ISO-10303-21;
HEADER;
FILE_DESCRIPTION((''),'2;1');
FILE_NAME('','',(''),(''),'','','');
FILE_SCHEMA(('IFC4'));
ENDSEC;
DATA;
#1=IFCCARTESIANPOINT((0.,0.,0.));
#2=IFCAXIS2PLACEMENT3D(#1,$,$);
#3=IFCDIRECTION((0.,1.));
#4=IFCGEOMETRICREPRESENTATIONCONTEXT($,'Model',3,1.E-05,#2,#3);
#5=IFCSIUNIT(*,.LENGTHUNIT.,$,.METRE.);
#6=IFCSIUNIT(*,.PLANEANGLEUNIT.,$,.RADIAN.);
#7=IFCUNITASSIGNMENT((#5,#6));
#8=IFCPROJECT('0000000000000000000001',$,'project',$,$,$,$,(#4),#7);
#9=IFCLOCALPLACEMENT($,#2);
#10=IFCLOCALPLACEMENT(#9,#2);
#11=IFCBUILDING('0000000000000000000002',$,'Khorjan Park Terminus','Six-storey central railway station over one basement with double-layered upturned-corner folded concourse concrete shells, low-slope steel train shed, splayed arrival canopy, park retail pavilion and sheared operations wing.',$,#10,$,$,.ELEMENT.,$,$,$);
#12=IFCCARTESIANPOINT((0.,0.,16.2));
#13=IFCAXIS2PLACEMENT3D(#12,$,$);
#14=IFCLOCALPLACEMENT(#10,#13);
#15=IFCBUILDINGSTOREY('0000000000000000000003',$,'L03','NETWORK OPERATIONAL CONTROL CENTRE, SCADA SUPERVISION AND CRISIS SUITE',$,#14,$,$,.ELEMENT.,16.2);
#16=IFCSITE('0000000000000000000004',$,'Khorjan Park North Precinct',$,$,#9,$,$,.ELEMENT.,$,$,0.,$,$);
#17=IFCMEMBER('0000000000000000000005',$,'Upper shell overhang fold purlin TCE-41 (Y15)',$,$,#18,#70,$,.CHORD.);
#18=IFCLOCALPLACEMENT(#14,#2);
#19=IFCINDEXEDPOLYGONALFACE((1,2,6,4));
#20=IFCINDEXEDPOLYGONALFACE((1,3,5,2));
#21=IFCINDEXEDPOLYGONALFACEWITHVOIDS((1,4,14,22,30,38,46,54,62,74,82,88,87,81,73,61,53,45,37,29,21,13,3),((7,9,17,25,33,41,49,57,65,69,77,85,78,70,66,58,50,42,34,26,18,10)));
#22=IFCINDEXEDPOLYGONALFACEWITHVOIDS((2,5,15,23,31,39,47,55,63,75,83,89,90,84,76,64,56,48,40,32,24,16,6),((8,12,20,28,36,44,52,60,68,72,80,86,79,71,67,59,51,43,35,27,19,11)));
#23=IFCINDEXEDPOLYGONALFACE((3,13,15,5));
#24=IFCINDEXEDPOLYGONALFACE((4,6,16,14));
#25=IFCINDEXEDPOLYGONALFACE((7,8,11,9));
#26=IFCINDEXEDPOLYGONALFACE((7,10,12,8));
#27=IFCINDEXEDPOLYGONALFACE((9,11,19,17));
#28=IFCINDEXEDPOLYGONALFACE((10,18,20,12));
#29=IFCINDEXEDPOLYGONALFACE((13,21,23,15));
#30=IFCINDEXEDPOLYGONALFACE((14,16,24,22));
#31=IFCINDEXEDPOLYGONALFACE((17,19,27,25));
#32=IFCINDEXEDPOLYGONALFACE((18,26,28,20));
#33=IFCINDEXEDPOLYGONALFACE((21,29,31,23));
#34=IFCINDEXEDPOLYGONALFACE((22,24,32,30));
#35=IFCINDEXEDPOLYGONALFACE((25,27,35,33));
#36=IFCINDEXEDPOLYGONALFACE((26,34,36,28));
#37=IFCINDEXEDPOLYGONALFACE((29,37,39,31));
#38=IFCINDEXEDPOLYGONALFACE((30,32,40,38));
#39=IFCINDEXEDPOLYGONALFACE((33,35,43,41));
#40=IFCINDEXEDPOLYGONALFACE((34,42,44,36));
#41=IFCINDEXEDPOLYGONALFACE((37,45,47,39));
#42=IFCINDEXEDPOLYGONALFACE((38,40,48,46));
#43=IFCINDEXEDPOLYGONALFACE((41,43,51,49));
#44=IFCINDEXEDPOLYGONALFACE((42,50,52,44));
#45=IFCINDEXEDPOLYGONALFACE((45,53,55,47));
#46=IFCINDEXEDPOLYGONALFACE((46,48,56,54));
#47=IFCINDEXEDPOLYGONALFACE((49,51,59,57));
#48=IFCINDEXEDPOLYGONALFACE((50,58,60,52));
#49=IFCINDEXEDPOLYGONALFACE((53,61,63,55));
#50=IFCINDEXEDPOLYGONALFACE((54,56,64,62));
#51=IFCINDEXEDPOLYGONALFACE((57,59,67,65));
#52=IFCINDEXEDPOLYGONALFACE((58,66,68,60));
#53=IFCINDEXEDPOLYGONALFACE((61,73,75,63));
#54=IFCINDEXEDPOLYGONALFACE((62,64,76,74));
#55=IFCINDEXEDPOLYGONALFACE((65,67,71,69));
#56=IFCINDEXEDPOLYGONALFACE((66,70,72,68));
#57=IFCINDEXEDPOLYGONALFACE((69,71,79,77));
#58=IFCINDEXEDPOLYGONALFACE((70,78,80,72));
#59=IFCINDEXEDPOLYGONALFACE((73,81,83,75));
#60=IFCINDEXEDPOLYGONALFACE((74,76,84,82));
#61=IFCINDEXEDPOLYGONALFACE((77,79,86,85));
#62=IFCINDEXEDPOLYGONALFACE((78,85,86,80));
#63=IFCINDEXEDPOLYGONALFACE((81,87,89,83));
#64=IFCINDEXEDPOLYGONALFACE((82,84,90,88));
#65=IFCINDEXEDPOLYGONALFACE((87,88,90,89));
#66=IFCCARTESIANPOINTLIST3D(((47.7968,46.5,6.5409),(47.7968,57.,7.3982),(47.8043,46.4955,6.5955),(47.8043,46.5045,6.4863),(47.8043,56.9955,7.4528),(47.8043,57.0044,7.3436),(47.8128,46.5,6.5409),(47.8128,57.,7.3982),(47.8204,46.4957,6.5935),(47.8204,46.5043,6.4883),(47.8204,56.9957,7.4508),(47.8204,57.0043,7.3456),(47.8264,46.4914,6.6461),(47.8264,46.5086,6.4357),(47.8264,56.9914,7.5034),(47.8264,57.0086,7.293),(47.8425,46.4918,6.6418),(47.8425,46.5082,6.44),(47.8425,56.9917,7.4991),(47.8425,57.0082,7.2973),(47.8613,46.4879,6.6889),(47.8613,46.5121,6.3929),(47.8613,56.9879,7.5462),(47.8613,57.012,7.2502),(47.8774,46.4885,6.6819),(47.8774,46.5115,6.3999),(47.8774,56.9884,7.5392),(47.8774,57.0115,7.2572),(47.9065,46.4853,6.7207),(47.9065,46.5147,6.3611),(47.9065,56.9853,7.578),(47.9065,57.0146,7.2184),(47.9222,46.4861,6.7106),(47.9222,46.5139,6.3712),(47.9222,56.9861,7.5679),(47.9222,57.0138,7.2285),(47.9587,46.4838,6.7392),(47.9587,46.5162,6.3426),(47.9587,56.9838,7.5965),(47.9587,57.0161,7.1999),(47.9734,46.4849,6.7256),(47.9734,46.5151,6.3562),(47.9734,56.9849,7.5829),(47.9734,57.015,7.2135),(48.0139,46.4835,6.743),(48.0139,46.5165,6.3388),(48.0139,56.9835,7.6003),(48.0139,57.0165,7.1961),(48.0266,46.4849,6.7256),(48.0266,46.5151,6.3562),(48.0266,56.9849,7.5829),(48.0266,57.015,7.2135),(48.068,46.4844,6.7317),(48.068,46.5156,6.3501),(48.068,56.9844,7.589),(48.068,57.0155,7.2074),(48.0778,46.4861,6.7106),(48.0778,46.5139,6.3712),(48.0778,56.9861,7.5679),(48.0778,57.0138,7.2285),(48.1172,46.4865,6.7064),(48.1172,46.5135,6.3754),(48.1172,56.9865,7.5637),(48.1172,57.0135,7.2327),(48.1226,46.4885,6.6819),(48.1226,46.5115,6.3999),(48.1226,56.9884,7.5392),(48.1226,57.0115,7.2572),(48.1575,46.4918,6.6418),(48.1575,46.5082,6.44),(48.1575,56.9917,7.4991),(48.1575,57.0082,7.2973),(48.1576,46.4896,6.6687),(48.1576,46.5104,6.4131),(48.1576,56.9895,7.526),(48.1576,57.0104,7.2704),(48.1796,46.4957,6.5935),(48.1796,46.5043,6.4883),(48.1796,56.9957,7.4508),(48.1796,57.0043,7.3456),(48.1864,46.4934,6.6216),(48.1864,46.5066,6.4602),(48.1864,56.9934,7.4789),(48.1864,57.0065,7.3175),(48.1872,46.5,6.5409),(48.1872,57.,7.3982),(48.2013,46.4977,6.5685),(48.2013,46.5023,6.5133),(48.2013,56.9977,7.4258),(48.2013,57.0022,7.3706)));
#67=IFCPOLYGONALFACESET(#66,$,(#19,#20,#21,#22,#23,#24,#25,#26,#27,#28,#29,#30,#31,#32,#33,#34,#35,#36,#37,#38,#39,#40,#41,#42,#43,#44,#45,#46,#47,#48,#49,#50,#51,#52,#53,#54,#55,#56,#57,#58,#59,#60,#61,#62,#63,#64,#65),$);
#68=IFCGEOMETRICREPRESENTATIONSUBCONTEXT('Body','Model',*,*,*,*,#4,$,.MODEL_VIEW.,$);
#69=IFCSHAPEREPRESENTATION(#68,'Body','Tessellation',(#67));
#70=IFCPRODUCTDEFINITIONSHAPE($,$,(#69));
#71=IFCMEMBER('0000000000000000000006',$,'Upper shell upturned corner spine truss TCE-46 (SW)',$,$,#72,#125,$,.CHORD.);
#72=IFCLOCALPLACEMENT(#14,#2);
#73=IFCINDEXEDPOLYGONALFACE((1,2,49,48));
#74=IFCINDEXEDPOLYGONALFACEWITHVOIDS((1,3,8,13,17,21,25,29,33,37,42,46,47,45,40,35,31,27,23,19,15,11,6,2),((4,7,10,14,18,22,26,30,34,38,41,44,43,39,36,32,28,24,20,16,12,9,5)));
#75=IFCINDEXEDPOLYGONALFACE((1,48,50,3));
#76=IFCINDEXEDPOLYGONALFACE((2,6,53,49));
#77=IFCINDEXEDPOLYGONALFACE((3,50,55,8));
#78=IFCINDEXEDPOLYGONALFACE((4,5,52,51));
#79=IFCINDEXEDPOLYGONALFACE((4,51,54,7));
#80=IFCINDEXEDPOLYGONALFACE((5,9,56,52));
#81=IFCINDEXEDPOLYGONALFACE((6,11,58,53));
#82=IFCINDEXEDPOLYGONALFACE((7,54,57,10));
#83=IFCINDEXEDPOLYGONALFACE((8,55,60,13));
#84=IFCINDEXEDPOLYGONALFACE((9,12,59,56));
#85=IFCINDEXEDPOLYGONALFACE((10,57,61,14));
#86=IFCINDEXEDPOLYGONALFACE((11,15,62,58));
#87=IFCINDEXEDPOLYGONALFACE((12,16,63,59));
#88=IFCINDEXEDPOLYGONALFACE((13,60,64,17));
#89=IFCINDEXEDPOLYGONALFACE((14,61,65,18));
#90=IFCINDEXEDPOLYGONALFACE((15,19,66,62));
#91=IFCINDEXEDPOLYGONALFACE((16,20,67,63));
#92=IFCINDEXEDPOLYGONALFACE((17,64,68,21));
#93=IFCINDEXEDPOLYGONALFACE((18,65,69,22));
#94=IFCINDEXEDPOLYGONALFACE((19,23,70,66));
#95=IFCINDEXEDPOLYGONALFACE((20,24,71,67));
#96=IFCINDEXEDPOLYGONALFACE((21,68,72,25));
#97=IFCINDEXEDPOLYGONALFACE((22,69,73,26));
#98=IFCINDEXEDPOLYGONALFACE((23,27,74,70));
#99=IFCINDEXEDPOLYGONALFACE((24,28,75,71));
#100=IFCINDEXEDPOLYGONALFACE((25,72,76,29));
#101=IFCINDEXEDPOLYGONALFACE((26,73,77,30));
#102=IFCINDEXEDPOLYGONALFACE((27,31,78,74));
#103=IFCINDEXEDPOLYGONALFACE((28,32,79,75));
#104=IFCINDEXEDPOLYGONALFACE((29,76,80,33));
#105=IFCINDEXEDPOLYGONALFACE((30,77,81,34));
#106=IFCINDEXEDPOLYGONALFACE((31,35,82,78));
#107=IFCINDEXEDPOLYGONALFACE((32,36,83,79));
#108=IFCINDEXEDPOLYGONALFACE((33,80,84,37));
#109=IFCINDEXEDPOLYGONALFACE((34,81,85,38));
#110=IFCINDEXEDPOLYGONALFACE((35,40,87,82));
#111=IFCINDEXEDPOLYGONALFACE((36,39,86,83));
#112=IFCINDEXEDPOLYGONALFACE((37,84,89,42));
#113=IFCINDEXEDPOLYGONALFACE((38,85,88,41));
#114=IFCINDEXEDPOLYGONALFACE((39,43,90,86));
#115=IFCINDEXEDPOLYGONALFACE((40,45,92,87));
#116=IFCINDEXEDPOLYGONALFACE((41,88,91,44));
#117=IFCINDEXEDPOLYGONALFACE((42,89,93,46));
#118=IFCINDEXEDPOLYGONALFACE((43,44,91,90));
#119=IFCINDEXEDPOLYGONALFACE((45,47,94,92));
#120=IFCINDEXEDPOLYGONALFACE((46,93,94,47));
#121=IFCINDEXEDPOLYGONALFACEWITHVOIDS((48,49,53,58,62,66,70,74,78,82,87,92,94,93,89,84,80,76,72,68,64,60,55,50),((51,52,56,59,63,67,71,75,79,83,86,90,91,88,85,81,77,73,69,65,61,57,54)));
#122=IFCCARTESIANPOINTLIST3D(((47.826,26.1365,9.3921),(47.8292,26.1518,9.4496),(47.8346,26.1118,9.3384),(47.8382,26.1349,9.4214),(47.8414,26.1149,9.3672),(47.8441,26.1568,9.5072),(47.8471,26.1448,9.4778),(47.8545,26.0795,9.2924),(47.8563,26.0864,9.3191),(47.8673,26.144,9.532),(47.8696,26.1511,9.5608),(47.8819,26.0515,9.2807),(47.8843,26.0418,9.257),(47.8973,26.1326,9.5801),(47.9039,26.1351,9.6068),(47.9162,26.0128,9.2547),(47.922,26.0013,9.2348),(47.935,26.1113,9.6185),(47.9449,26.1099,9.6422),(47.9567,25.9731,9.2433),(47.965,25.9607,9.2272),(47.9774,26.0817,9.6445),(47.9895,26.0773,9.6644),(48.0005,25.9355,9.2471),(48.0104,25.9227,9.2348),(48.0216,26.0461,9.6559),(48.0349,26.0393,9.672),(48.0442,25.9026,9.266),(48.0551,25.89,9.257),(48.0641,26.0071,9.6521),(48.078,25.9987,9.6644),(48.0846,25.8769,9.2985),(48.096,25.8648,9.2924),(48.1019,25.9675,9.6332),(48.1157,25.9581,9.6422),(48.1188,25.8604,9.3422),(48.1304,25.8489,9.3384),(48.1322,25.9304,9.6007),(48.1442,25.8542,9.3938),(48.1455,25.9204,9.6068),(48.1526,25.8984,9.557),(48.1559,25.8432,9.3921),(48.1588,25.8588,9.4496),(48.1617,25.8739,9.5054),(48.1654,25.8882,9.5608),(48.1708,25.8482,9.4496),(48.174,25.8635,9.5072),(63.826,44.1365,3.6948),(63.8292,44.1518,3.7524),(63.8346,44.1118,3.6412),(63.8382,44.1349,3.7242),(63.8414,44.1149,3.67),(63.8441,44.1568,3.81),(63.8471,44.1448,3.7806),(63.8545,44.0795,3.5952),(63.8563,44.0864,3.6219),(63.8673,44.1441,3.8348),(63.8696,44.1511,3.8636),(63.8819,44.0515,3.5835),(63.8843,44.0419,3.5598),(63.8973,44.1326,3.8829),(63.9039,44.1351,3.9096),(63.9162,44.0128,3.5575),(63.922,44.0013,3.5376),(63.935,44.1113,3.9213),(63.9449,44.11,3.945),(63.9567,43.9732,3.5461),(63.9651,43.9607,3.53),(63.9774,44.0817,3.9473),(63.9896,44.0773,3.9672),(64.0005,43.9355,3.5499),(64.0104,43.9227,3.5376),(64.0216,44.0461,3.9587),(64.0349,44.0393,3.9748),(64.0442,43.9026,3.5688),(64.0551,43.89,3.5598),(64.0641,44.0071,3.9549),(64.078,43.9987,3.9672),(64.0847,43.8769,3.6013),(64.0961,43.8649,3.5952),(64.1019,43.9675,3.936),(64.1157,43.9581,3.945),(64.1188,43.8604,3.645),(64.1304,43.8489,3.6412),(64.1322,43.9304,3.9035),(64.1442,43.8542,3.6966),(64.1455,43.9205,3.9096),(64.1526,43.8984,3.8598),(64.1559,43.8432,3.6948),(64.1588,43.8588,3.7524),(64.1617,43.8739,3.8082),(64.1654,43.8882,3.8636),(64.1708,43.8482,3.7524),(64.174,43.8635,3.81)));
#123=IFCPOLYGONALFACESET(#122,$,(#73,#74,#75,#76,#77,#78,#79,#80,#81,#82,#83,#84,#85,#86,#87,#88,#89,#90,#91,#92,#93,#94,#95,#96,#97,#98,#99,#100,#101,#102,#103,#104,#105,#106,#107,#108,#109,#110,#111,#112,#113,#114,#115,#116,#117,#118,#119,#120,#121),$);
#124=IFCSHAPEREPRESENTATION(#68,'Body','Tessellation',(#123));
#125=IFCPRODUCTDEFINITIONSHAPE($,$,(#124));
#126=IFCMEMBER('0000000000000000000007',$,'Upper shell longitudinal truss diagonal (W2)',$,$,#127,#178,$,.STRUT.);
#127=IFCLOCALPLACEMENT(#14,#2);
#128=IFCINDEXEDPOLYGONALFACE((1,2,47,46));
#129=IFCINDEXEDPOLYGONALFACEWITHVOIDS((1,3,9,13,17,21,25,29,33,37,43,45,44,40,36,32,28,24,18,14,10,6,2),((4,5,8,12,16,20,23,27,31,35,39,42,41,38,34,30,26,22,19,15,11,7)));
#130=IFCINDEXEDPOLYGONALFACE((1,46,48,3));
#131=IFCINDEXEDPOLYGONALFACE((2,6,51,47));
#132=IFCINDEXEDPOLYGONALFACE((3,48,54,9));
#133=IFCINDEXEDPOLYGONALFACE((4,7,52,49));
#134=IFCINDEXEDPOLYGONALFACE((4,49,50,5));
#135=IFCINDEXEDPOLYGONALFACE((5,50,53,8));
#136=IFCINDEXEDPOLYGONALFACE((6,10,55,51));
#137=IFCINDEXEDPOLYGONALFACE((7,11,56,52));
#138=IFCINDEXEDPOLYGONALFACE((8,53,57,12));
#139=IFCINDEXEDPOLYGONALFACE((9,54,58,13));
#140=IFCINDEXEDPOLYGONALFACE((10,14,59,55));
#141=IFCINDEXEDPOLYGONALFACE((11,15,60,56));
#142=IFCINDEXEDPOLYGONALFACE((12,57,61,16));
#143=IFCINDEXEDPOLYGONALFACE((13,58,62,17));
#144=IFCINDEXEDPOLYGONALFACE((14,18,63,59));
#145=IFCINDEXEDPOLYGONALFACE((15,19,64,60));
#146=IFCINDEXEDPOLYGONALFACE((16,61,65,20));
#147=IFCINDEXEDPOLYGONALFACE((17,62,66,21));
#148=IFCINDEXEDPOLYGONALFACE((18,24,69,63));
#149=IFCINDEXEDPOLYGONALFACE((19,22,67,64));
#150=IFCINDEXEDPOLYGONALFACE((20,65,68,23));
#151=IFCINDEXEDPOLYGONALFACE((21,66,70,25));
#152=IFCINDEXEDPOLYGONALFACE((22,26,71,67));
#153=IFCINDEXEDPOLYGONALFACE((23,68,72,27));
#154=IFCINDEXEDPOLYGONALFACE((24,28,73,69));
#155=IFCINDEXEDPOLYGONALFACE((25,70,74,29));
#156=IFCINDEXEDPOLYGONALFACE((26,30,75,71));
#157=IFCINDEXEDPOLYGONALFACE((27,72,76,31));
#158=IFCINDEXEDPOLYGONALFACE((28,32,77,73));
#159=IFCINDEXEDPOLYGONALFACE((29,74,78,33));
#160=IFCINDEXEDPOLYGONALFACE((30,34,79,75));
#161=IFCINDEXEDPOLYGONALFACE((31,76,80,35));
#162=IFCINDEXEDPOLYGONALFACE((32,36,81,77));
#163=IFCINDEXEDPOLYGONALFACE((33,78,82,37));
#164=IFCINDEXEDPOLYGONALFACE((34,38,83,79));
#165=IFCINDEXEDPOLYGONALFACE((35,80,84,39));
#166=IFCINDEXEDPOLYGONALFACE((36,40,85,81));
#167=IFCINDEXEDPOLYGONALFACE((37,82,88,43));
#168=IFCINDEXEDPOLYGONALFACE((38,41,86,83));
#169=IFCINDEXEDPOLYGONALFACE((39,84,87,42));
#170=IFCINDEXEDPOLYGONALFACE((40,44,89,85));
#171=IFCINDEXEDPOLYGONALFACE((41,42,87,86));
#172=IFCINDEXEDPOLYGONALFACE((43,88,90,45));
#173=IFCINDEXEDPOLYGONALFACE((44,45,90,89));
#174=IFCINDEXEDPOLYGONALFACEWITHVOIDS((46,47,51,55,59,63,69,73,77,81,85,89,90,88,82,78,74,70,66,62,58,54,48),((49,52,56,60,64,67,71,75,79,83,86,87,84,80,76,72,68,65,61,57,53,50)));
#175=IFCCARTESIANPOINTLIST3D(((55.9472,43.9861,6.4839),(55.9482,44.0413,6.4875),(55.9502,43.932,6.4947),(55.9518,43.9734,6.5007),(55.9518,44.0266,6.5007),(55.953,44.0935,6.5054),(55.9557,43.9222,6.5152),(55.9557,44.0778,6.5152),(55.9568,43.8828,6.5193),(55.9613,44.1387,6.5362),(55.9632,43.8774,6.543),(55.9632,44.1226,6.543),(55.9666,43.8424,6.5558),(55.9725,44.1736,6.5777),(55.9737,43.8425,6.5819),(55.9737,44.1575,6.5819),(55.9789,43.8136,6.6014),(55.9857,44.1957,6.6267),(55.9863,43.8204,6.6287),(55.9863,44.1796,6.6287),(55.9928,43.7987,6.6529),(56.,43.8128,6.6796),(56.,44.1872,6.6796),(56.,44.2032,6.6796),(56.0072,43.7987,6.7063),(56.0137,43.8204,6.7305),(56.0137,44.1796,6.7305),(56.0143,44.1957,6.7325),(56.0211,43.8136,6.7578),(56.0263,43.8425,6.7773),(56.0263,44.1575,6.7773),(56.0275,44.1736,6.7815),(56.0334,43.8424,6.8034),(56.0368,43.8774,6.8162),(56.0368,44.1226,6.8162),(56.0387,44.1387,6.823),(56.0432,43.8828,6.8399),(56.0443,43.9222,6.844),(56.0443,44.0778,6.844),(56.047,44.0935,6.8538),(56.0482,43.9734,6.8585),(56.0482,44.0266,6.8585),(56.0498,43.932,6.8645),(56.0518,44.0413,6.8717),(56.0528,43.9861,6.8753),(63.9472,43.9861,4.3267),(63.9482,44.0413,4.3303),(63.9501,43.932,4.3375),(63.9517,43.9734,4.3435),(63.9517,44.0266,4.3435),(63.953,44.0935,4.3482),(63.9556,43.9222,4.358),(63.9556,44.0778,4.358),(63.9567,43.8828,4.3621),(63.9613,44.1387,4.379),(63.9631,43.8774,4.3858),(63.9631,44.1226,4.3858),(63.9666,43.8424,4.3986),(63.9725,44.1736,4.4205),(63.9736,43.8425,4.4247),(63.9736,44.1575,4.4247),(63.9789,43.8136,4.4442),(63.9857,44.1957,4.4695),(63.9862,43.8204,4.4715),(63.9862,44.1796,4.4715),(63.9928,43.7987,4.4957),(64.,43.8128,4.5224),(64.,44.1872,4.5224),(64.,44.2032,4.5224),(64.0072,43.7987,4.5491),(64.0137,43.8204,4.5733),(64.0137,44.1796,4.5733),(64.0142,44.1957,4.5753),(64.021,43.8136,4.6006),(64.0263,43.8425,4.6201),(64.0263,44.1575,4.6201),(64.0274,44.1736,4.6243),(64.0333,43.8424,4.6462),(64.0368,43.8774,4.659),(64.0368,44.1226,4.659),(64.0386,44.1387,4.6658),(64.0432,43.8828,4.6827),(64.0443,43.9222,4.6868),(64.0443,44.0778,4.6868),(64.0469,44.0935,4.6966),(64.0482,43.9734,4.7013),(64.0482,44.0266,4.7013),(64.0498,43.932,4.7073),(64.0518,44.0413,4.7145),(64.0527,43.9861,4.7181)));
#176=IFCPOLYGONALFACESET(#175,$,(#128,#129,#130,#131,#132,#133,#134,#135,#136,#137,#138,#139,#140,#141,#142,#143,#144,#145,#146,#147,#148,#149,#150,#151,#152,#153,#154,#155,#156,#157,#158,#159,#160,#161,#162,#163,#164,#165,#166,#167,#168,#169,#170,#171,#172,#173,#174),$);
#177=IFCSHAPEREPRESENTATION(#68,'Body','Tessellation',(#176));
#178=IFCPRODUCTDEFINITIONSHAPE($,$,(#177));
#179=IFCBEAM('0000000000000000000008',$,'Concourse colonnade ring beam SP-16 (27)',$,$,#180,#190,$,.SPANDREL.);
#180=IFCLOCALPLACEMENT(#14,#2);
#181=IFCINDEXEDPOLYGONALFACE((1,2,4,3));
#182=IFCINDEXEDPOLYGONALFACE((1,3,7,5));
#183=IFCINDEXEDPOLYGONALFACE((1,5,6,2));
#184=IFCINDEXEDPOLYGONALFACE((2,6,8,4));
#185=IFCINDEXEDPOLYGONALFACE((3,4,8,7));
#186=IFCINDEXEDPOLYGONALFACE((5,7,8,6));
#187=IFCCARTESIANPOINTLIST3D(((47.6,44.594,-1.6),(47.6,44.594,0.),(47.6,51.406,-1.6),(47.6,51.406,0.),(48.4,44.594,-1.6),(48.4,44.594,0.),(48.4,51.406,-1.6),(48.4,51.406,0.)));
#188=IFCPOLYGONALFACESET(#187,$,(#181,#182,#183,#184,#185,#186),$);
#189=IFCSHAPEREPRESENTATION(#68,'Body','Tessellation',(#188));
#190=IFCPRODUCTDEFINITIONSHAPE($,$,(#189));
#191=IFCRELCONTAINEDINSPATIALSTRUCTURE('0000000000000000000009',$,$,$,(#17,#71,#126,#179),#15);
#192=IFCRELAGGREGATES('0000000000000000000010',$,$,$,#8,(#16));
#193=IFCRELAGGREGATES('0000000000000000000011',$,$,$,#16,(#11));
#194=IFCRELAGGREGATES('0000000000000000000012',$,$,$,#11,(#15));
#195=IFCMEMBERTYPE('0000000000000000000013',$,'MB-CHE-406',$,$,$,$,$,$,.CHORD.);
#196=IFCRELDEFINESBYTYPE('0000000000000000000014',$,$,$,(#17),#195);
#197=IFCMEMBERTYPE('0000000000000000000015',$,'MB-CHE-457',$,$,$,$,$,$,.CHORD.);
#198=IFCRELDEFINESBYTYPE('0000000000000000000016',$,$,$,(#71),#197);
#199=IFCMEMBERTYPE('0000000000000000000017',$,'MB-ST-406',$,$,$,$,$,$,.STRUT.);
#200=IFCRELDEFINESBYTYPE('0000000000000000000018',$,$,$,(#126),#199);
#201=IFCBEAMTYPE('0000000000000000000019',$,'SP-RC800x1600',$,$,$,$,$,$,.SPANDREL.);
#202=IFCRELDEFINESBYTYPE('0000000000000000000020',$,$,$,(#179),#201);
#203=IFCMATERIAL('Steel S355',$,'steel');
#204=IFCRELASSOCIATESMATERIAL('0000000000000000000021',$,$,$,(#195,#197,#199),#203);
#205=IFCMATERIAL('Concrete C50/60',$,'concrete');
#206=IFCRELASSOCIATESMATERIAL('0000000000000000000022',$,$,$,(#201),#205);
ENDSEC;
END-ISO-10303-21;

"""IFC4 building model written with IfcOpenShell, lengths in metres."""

from ifc_helpers import new_model, si_unit, direction, frame, origin, origin_2d, place, context, subcontext, project, spatial, rectangle, hollow_circle, extrude, material, material_profile, profile_set, type_object, element, save


model = new_model("IFC4")

# Units and contexts
model_context = context("Model", 3, precision=1e-05, world=origin(), true_north=direction((0.0, 1.0)))
body_context = subcontext(model_context, "Body", "Model", "MODEL_VIEW")
ifc_project = project(units=[si_unit("LENGTHUNIT", "METRE"), si_unit("PLANEANGLEUNIT", "RADIAN")], contexts=[model_context])

# Site, building, storey
site_placement = place(None, origin())
site = spatial("IfcSite", under=ifc_project, at=site_placement, Name="Khorjan Park North Precinct", CompositionType="ELEMENT", RefElevation=0.0)
building_placement = place(site_placement, origin())
building = spatial("IfcBuilding", under=site, at=building_placement, Name="Khorjan Park Terminus", Description="Six-storey central railway station over one basement with double-layered upturned-corner folded concourse concrete shells, low-slope steel train shed, splayed arrival canopy, park retail pavilion and sheared operations wing.", CompositionType="ELEMENT")
storey_placement = place(building_placement, frame((0.0, 0.0, 16.2)))
storey = spatial("IfcBuildingStorey", under=building, at=storey_placement, Name="L03", Description="NETWORK OPERATIONAL CONTROL CENTRE, SCADA SUPERVISION AND CRISIS SUITE", CompositionType="ELEMENT", Elevation=16.2)

# Members
ifc_material_1 = material(Name="Steel S355", Category="steel")
ifc_material_profile_1 = material_profile(ifc_material_1, hollow_circle(Radius=0.2032, WallThickness=0.016, at=origin_2d()), Name="CHS 406.4x16")
ifc_profile_set_1 = profile_set([ifc_material_profile_1], Name="Steel S355")
member_type_1 = type_object("IfcMemberType", Name="MB-CHE-406", PredefinedType="CHORD", material=ifc_profile_set_1)
member_1_placement = place(storey_placement, frame((48.0, 46.5, 6.5409), z_axis=(0.0, 0.996683, 0.081377), x_axis=(-1.0, 0.0, 0.0)))
element("IfcMember", 1, at=member_1_placement, inside=storey, type_object=member_type_1, Name="Upper shell overhang fold purlin TCE-41 (Y15)", PredefinedType="CHORD", context=body_context, shape_type="SweptSolid", body=[
    extrude(hollow_circle(Radius=0.2032, WallThickness=0.016, at=origin_2d()), origin(), (0.0, 0.0, 1.0), 10.5349),
])
ifc_material_profile_2 = material_profile(ifc_material_1, hollow_circle(Radius=0.2285, WallThickness=0.016, at=origin_2d()), Name="CHS 457x16")
ifc_profile_set_2 = profile_set([ifc_material_profile_2], Name="Steel S355")
member_type_2 = type_object("IfcMemberType", Name="MB-CHE-457", PredefinedType="CHORD", material=ifc_profile_set_2)
member_2_placement = place(storey_placement, frame((64.0, 44.0, 3.7524), z_axis=(-0.64652, -0.727335, 0.23021), x_axis=(0.747409, -0.664364, 0.0)))
element("IfcMember", 2, at=member_2_placement, inside=storey, type_object=member_type_2, Name="Upper shell upturned corner spine truss TCE-46 (SW)", PredefinedType="CHORD", context=body_context, shape_type="SweptSolid", body=[
    extrude(hollow_circle(Radius=0.2285, WallThickness=0.016, at=origin_2d()), origin(), (0.0, 0.0, 1.0), 24.7479),
])
ifc_material_profile_3 = material_profile(ifc_material_1, hollow_circle(Radius=0.2032, WallThickness=0.016, at=origin_2d()), Name="CHS 406.4x16")
ifc_profile_set_3 = profile_set([ifc_material_profile_3], Name="Steel S355")
member_type_3 = type_object("IfcMemberType", Name="MB-ST-406", PredefinedType="STRUT", material=ifc_profile_set_3)
member_3_placement = place(storey_placement, frame((56.0, 44.0, 6.6796), z_axis=(0.965514, 0.0, -0.260351), x_axis=(0.0, 1.0, 0.0)))
element("IfcMember", 3, at=member_3_placement, inside=storey, type_object=member_type_3, Name="Upper shell longitudinal truss diagonal (W2)", PredefinedType="STRUT", context=body_context, shape_type="SweptSolid", body=[
    extrude(hollow_circle(Radius=0.2032, WallThickness=0.016, at=origin_2d()), origin(), (0.0, 0.0, 1.0), 8.2857),
])

# Beam
ifc_material_2 = material(Name="Concrete C50/60", Category="concrete")
ifc_material_profile_4 = material_profile(ifc_material_2, rectangle(XDim=0.8, YDim=1.6, at=origin_2d()), Name="RC 800x1600")
ifc_profile_set_4 = profile_set([ifc_material_profile_4], Name="Concrete C50/60")
beam_type = type_object("IfcBeamType", Name="SP-RC800x1600", PredefinedType="SPANDREL", material=ifc_profile_set_4)
beam_placement = place(storey_placement, frame((48.0, 44.594, -0.8), z_axis=(0.0, 1.0, 0.0), x_axis=(-1.0, 0.0, 0.0)))
element("IfcBeam", 4, at=beam_placement, inside=storey, type_object=beam_type, Name="Concourse colonnade ring beam SP-16 (27)", PredefinedType="SPANDREL", context=body_context, shape_type="SweptSolid", body=[
    extrude(rectangle(XDim=0.8, YDim=1.6, at=origin_2d()), origin(), (0.0, 0.0, 1.0), 6.812),
])

save(model, "model.ifc")
